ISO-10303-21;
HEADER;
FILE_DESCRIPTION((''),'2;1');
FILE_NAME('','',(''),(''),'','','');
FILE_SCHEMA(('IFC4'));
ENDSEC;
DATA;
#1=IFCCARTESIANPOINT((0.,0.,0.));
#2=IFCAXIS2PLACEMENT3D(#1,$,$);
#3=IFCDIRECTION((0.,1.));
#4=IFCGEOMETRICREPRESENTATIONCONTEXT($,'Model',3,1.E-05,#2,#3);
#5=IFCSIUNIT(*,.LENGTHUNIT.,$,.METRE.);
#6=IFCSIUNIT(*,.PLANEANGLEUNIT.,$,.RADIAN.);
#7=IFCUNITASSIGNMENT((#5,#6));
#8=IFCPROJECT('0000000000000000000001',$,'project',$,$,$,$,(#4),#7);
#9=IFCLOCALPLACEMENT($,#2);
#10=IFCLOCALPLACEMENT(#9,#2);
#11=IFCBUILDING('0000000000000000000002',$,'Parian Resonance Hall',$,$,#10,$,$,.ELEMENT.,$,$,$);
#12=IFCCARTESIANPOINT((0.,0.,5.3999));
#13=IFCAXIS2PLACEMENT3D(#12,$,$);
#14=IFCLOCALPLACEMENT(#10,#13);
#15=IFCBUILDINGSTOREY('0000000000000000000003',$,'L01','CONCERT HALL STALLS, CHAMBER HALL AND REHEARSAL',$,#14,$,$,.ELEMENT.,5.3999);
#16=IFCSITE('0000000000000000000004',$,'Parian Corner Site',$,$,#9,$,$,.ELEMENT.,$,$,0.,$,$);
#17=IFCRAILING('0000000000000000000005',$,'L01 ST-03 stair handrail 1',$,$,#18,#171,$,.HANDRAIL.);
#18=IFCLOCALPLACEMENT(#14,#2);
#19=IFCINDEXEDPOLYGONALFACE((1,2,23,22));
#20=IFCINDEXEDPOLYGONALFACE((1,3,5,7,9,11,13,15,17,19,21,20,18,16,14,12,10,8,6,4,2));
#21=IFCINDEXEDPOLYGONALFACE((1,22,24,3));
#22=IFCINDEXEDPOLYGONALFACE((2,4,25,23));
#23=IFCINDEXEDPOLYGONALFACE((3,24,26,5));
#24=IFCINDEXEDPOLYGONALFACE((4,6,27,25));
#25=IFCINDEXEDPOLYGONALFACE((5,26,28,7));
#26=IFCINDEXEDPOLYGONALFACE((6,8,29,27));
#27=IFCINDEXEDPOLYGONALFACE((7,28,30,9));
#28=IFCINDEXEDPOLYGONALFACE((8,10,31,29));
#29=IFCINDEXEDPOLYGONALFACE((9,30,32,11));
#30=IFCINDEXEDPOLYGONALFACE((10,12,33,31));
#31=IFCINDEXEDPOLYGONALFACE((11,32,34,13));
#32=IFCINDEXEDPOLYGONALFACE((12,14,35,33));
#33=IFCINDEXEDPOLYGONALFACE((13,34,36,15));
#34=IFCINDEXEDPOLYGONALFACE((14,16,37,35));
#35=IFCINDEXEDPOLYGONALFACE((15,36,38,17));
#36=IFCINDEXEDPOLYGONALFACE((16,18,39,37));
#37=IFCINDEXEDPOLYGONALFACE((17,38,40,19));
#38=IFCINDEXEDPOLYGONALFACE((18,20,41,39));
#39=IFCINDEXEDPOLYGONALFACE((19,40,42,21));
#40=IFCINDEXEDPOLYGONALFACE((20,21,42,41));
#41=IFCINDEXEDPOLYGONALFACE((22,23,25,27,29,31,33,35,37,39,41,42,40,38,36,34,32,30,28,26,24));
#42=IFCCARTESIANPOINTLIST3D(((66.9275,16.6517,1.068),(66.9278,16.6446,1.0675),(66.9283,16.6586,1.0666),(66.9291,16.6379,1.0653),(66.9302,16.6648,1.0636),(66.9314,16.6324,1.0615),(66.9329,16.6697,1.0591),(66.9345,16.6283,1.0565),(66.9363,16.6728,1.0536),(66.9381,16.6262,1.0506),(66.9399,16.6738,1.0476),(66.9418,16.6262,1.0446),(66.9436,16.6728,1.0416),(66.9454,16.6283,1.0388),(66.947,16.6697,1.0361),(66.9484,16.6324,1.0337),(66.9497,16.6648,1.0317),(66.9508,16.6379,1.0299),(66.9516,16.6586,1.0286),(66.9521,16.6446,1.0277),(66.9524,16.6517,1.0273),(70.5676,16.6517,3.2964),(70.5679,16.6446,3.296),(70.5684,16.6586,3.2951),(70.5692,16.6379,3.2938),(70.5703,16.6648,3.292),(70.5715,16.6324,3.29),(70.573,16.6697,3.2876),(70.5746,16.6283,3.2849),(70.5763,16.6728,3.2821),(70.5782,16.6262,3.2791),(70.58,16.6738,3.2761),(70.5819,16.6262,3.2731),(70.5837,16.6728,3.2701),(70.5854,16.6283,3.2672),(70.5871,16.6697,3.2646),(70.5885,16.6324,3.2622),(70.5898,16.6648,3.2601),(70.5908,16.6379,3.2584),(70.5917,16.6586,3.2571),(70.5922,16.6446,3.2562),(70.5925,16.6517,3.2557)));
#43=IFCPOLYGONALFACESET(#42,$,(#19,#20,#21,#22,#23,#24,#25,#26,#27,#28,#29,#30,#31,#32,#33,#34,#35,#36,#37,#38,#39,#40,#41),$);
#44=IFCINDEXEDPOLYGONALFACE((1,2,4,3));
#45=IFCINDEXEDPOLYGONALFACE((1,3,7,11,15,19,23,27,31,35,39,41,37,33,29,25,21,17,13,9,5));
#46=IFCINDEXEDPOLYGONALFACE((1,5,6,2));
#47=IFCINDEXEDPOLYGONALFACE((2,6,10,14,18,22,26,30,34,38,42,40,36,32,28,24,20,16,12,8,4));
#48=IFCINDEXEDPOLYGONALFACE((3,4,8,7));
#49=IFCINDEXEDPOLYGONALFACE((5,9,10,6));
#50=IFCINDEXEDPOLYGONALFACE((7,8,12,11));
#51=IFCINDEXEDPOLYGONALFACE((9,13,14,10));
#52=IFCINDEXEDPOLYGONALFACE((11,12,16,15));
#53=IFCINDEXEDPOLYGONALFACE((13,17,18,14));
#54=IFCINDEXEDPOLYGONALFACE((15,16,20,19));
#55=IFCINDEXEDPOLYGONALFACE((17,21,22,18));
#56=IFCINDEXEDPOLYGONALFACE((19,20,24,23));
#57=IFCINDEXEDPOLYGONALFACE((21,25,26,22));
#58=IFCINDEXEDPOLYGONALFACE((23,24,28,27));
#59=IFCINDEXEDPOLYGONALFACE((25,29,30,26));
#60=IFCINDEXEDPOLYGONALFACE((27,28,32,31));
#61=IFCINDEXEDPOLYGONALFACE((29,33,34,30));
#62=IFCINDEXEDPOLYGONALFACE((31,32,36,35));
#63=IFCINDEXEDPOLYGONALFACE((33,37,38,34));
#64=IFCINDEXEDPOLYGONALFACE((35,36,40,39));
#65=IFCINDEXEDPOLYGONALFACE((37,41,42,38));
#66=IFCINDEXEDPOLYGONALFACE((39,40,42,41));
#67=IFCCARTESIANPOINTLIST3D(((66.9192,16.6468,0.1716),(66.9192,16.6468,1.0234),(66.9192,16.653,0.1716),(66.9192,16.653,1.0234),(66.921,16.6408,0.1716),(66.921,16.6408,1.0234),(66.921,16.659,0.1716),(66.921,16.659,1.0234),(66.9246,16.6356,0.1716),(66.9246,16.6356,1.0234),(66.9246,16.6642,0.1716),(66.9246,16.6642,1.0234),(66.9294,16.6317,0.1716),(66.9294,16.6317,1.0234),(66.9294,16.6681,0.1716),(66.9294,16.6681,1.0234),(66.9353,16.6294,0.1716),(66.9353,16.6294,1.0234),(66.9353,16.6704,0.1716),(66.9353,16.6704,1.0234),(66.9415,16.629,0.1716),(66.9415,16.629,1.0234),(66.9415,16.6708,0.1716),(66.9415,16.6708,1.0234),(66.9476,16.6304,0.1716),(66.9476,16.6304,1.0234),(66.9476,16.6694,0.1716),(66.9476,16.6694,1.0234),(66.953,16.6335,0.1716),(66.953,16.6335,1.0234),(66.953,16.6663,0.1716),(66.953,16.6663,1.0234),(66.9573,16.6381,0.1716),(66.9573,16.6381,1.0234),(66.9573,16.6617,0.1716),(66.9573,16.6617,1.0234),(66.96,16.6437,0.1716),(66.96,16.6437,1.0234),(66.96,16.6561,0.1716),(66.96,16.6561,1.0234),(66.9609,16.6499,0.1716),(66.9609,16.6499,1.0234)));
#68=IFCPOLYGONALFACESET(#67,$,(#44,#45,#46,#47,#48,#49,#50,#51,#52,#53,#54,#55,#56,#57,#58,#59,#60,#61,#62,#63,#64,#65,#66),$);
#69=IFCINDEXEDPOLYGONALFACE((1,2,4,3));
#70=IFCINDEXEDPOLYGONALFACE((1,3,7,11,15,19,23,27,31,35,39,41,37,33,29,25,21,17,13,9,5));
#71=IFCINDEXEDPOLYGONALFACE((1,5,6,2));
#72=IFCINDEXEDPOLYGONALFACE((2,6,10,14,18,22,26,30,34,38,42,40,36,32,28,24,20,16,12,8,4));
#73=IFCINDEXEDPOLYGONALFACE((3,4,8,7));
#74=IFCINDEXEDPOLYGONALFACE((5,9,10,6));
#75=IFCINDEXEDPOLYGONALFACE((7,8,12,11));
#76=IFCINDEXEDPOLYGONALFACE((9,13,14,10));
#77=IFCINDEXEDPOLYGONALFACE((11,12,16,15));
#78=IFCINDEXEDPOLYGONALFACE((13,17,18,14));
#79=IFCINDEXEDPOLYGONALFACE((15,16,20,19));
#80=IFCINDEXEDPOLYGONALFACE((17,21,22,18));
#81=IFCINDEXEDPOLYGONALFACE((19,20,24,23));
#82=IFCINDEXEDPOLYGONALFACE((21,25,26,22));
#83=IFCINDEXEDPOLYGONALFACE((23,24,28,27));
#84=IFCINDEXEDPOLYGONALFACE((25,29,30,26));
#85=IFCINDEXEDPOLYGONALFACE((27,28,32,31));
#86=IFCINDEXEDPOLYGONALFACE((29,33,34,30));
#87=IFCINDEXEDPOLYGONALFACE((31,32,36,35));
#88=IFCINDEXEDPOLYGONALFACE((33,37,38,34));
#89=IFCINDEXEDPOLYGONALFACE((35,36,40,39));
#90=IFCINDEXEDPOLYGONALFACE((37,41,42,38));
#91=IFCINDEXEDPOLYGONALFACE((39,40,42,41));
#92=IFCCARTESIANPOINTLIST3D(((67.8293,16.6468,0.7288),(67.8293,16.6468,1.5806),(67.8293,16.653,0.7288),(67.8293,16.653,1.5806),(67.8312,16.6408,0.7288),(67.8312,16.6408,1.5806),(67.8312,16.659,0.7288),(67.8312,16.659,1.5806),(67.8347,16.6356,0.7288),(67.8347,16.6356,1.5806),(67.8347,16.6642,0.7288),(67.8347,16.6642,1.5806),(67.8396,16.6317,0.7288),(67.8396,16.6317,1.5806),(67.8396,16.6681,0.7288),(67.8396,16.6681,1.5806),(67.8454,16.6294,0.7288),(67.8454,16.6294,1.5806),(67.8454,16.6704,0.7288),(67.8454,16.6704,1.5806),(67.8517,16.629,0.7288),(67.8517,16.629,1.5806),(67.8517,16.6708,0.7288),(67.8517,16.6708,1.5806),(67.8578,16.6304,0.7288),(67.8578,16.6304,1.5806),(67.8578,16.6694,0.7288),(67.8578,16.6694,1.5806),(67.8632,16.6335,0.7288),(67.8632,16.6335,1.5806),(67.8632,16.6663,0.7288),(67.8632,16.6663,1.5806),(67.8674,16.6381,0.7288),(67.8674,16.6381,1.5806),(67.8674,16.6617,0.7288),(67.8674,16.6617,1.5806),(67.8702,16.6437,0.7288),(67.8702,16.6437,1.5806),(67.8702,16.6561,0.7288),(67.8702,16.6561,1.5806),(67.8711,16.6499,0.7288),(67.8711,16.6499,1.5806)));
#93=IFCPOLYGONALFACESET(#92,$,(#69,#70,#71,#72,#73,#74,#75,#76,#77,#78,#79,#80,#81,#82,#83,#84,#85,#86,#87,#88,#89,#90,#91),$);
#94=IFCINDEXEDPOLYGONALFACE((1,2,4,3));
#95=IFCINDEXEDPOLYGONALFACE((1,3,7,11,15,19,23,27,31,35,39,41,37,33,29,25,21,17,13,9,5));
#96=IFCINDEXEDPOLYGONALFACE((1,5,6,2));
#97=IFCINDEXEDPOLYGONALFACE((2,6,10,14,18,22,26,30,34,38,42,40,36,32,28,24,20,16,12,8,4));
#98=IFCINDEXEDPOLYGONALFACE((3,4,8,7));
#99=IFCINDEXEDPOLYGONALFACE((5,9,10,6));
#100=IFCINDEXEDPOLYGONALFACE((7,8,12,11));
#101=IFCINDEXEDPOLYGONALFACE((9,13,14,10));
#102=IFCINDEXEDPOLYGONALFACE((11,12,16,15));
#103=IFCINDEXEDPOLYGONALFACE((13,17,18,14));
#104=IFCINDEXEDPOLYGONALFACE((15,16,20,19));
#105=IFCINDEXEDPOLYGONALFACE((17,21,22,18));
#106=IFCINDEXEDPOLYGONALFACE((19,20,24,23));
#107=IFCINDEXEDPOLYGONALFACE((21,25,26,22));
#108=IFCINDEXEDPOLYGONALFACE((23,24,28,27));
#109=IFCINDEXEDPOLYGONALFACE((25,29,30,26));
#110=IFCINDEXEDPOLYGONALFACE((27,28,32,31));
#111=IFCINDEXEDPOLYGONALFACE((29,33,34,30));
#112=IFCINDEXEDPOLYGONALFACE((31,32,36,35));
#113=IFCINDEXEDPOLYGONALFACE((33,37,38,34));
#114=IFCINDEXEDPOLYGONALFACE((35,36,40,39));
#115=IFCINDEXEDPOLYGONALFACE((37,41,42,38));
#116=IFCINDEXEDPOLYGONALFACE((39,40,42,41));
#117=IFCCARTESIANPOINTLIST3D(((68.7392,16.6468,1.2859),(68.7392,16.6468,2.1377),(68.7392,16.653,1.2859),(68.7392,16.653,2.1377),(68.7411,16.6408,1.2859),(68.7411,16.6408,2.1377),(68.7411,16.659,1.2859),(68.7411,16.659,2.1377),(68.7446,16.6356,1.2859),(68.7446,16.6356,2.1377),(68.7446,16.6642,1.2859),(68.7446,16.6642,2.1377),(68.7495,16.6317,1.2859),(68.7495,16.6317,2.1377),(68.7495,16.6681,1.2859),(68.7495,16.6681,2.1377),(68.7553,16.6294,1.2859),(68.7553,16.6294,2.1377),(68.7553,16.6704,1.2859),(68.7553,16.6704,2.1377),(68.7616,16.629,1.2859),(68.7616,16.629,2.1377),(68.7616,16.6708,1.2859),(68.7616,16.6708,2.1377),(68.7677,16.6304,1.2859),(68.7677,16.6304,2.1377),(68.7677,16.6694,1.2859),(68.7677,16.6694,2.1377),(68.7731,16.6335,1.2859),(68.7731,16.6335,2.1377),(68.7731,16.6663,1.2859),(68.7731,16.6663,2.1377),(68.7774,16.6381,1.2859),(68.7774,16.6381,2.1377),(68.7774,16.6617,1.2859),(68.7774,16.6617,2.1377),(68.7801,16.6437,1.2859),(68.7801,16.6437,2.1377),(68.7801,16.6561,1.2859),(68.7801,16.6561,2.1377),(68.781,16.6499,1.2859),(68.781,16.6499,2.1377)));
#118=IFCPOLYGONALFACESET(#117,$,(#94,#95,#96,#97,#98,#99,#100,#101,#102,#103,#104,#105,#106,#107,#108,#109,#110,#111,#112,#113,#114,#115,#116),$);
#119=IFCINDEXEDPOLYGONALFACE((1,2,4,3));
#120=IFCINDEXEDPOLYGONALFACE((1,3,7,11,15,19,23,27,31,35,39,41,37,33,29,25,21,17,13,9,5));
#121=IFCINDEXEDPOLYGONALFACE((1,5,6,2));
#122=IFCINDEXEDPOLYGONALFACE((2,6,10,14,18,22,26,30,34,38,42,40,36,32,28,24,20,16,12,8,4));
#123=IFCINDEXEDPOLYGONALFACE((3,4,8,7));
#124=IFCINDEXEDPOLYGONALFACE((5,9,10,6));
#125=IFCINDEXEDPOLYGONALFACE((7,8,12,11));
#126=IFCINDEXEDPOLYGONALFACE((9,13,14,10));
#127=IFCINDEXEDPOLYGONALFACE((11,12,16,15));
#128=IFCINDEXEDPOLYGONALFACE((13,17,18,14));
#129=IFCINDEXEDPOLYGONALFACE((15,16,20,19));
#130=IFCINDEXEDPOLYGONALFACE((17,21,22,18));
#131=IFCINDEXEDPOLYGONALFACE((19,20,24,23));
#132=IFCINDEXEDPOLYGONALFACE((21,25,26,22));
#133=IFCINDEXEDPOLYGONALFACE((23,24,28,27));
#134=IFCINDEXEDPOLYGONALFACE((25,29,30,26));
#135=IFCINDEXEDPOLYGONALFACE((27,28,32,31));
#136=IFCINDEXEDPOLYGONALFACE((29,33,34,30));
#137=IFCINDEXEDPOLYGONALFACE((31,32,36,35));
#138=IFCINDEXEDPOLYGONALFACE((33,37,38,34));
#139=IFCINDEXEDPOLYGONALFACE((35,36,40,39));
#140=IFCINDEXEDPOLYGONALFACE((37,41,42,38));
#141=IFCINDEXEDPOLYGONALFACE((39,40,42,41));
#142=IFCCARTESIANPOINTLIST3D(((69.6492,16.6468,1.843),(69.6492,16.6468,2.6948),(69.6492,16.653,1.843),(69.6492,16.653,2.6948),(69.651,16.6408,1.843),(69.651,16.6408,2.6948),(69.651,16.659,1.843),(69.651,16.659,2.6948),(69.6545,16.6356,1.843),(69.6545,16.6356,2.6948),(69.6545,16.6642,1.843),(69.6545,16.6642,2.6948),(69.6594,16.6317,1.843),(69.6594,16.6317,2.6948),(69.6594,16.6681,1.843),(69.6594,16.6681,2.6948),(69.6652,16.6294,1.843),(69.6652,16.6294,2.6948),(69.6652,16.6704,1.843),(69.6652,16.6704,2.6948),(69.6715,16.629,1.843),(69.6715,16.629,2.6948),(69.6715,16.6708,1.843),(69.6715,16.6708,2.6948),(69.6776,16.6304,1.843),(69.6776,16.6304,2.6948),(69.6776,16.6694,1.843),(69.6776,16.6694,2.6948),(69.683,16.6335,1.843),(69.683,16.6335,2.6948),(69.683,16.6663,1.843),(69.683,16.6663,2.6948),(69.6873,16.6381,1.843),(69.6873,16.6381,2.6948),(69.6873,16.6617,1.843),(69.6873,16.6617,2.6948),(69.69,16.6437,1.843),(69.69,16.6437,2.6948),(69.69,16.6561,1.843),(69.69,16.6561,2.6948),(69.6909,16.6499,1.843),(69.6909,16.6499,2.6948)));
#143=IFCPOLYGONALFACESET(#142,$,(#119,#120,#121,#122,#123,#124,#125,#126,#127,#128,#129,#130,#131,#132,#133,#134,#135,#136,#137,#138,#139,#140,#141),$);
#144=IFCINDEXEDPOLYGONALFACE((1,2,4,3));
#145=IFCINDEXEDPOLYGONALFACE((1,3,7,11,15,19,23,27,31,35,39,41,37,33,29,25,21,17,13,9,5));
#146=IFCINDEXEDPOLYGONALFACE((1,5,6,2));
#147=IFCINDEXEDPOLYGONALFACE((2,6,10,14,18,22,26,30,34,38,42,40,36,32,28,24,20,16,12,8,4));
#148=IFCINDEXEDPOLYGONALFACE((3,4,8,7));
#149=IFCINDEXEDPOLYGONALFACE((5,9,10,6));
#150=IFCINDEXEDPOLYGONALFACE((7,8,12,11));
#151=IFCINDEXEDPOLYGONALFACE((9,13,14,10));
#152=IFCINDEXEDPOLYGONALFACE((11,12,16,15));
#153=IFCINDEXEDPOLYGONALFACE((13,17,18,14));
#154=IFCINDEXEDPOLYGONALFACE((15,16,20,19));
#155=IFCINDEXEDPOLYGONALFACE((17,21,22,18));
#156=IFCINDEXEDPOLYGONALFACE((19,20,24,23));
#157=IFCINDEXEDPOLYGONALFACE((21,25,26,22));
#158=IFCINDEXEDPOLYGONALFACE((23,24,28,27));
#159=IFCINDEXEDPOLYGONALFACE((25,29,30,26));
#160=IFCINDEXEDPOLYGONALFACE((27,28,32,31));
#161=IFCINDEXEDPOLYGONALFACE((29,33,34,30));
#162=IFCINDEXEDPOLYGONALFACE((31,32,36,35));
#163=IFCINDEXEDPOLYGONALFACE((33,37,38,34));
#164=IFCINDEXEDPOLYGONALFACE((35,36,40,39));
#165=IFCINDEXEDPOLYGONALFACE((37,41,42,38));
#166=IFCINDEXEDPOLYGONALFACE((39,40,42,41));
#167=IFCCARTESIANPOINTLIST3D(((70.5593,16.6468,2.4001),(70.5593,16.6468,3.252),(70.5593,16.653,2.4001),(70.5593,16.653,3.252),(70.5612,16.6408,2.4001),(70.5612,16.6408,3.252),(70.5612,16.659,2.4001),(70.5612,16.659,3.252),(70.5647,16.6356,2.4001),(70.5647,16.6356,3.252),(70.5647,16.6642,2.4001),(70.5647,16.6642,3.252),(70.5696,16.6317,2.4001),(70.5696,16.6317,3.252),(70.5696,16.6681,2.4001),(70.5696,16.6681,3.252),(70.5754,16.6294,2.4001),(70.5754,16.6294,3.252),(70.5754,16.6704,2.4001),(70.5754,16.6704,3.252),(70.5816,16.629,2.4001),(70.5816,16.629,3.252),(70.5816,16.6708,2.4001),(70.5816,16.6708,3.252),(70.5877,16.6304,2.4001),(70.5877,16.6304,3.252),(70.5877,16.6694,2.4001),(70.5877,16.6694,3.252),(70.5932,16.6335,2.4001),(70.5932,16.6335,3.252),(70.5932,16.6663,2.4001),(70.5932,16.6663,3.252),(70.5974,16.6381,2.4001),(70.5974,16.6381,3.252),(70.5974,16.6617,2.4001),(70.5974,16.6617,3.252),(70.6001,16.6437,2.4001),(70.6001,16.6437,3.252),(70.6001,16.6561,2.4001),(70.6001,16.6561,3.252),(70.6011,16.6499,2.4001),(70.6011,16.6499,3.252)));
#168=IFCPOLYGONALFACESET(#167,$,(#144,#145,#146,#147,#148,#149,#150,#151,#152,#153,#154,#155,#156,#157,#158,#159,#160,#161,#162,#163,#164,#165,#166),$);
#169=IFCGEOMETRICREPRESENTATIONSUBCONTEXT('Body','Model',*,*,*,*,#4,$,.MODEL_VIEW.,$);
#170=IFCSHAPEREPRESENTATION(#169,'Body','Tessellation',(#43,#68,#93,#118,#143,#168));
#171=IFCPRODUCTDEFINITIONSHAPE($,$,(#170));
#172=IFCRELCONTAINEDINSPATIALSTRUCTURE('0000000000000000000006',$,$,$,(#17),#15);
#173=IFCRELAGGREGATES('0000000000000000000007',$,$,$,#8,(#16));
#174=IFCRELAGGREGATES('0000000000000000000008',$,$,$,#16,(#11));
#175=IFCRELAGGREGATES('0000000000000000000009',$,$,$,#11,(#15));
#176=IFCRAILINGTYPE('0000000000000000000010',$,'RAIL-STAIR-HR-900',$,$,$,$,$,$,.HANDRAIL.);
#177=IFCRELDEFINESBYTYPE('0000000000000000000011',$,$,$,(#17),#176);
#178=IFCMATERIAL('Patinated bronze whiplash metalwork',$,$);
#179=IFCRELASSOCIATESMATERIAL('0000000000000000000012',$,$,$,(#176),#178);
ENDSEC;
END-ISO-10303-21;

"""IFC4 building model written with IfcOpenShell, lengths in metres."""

from ifc_helpers import new_model, si_unit, direction, frame, origin, origin_2d, place, context, subcontext, project, spatial, circle, extrude, material, type_object, element, save


model = new_model("IFC4")

# Units and contexts
model_context = context("Model", 3, precision=1e-05, world=origin(), true_north=direction((0.0, 1.0)))
body_context = subcontext(model_context, "Body", "Model", "MODEL_VIEW")
ifc_project = project(units=[si_unit("LENGTHUNIT", "METRE"), si_unit("PLANEANGLEUNIT", "RADIAN")], contexts=[model_context])

# Site, building, storey
site_placement = place(None, origin())
site = spatial("IfcSite", under=ifc_project, at=site_placement, Name="Parian Corner Site", CompositionType="ELEMENT", RefElevation=0.0)
building_placement = place(site_placement, origin())
building = spatial("IfcBuilding", under=site, at=building_placement, Name="Parian Resonance Hall", CompositionType="ELEMENT")
storey_placement = place(building_placement, frame((0.0, 0.0, 5.3999)))
storey = spatial("IfcBuildingStorey", under=building, at=storey_placement, Name="L01", Description="CONCERT HALL STALLS, CHAMBER HALL AND REHEARSAL", CompositionType="ELEMENT", Elevation=5.3999)

# Railing
ifc_material_1 = material(Name="Patinated bronze whiplash metalwork")
railing_type_1 = type_object("IfcRailingType", Name="RAIL-STAIR-HR-900", PredefinedType="HANDRAIL", material=ifc_material_1)
railing_1_placement = place(storey_placement, frame((66.9399, 16.6499, 0.1716)))
element("IfcRailing", 1, at=railing_1_placement, inside=storey, type_object=railing_type_1, Name="L01 ST-03 stair handrail 1", PredefinedType="HANDRAIL", context=body_context, shape_type="SweptSolid", body=[
    extrude(circle(Radius=0.0239, at=origin_2d()), frame((0.0, 0.0, 0.876), z_axis=(0.852866, 0.0, 0.52213), x_axis=(0.0, 1.0, 0.0)), (0.0, 0.0, 1.0), 4.2681),
    extrude(circle(Radius=0.021, at=origin_2d()), origin(), (0.0, 0.0, 1.0), 0.8518),
    extrude(circle(Radius=0.021, at=origin_2d()), frame((0.9102, 0.0, 0.5571)), (0.0, 0.0, 1.0), 0.8518),
    extrude(circle(Radius=0.021, at=origin_2d()), frame((1.8201, 0.0, 1.1143)), (0.0, 0.0, 1.0), 0.8518),
    extrude(circle(Radius=0.021, at=origin_2d()), frame((2.73, 0.0, 1.6714)), (0.0, 0.0, 1.0), 0.8518),
    extrude(circle(Radius=0.021, at=origin_2d()), frame((3.6401, 0.0, 2.2285)), (0.0, 0.0, 1.0), 0.8518),
])

save(model, "model.ifc")
